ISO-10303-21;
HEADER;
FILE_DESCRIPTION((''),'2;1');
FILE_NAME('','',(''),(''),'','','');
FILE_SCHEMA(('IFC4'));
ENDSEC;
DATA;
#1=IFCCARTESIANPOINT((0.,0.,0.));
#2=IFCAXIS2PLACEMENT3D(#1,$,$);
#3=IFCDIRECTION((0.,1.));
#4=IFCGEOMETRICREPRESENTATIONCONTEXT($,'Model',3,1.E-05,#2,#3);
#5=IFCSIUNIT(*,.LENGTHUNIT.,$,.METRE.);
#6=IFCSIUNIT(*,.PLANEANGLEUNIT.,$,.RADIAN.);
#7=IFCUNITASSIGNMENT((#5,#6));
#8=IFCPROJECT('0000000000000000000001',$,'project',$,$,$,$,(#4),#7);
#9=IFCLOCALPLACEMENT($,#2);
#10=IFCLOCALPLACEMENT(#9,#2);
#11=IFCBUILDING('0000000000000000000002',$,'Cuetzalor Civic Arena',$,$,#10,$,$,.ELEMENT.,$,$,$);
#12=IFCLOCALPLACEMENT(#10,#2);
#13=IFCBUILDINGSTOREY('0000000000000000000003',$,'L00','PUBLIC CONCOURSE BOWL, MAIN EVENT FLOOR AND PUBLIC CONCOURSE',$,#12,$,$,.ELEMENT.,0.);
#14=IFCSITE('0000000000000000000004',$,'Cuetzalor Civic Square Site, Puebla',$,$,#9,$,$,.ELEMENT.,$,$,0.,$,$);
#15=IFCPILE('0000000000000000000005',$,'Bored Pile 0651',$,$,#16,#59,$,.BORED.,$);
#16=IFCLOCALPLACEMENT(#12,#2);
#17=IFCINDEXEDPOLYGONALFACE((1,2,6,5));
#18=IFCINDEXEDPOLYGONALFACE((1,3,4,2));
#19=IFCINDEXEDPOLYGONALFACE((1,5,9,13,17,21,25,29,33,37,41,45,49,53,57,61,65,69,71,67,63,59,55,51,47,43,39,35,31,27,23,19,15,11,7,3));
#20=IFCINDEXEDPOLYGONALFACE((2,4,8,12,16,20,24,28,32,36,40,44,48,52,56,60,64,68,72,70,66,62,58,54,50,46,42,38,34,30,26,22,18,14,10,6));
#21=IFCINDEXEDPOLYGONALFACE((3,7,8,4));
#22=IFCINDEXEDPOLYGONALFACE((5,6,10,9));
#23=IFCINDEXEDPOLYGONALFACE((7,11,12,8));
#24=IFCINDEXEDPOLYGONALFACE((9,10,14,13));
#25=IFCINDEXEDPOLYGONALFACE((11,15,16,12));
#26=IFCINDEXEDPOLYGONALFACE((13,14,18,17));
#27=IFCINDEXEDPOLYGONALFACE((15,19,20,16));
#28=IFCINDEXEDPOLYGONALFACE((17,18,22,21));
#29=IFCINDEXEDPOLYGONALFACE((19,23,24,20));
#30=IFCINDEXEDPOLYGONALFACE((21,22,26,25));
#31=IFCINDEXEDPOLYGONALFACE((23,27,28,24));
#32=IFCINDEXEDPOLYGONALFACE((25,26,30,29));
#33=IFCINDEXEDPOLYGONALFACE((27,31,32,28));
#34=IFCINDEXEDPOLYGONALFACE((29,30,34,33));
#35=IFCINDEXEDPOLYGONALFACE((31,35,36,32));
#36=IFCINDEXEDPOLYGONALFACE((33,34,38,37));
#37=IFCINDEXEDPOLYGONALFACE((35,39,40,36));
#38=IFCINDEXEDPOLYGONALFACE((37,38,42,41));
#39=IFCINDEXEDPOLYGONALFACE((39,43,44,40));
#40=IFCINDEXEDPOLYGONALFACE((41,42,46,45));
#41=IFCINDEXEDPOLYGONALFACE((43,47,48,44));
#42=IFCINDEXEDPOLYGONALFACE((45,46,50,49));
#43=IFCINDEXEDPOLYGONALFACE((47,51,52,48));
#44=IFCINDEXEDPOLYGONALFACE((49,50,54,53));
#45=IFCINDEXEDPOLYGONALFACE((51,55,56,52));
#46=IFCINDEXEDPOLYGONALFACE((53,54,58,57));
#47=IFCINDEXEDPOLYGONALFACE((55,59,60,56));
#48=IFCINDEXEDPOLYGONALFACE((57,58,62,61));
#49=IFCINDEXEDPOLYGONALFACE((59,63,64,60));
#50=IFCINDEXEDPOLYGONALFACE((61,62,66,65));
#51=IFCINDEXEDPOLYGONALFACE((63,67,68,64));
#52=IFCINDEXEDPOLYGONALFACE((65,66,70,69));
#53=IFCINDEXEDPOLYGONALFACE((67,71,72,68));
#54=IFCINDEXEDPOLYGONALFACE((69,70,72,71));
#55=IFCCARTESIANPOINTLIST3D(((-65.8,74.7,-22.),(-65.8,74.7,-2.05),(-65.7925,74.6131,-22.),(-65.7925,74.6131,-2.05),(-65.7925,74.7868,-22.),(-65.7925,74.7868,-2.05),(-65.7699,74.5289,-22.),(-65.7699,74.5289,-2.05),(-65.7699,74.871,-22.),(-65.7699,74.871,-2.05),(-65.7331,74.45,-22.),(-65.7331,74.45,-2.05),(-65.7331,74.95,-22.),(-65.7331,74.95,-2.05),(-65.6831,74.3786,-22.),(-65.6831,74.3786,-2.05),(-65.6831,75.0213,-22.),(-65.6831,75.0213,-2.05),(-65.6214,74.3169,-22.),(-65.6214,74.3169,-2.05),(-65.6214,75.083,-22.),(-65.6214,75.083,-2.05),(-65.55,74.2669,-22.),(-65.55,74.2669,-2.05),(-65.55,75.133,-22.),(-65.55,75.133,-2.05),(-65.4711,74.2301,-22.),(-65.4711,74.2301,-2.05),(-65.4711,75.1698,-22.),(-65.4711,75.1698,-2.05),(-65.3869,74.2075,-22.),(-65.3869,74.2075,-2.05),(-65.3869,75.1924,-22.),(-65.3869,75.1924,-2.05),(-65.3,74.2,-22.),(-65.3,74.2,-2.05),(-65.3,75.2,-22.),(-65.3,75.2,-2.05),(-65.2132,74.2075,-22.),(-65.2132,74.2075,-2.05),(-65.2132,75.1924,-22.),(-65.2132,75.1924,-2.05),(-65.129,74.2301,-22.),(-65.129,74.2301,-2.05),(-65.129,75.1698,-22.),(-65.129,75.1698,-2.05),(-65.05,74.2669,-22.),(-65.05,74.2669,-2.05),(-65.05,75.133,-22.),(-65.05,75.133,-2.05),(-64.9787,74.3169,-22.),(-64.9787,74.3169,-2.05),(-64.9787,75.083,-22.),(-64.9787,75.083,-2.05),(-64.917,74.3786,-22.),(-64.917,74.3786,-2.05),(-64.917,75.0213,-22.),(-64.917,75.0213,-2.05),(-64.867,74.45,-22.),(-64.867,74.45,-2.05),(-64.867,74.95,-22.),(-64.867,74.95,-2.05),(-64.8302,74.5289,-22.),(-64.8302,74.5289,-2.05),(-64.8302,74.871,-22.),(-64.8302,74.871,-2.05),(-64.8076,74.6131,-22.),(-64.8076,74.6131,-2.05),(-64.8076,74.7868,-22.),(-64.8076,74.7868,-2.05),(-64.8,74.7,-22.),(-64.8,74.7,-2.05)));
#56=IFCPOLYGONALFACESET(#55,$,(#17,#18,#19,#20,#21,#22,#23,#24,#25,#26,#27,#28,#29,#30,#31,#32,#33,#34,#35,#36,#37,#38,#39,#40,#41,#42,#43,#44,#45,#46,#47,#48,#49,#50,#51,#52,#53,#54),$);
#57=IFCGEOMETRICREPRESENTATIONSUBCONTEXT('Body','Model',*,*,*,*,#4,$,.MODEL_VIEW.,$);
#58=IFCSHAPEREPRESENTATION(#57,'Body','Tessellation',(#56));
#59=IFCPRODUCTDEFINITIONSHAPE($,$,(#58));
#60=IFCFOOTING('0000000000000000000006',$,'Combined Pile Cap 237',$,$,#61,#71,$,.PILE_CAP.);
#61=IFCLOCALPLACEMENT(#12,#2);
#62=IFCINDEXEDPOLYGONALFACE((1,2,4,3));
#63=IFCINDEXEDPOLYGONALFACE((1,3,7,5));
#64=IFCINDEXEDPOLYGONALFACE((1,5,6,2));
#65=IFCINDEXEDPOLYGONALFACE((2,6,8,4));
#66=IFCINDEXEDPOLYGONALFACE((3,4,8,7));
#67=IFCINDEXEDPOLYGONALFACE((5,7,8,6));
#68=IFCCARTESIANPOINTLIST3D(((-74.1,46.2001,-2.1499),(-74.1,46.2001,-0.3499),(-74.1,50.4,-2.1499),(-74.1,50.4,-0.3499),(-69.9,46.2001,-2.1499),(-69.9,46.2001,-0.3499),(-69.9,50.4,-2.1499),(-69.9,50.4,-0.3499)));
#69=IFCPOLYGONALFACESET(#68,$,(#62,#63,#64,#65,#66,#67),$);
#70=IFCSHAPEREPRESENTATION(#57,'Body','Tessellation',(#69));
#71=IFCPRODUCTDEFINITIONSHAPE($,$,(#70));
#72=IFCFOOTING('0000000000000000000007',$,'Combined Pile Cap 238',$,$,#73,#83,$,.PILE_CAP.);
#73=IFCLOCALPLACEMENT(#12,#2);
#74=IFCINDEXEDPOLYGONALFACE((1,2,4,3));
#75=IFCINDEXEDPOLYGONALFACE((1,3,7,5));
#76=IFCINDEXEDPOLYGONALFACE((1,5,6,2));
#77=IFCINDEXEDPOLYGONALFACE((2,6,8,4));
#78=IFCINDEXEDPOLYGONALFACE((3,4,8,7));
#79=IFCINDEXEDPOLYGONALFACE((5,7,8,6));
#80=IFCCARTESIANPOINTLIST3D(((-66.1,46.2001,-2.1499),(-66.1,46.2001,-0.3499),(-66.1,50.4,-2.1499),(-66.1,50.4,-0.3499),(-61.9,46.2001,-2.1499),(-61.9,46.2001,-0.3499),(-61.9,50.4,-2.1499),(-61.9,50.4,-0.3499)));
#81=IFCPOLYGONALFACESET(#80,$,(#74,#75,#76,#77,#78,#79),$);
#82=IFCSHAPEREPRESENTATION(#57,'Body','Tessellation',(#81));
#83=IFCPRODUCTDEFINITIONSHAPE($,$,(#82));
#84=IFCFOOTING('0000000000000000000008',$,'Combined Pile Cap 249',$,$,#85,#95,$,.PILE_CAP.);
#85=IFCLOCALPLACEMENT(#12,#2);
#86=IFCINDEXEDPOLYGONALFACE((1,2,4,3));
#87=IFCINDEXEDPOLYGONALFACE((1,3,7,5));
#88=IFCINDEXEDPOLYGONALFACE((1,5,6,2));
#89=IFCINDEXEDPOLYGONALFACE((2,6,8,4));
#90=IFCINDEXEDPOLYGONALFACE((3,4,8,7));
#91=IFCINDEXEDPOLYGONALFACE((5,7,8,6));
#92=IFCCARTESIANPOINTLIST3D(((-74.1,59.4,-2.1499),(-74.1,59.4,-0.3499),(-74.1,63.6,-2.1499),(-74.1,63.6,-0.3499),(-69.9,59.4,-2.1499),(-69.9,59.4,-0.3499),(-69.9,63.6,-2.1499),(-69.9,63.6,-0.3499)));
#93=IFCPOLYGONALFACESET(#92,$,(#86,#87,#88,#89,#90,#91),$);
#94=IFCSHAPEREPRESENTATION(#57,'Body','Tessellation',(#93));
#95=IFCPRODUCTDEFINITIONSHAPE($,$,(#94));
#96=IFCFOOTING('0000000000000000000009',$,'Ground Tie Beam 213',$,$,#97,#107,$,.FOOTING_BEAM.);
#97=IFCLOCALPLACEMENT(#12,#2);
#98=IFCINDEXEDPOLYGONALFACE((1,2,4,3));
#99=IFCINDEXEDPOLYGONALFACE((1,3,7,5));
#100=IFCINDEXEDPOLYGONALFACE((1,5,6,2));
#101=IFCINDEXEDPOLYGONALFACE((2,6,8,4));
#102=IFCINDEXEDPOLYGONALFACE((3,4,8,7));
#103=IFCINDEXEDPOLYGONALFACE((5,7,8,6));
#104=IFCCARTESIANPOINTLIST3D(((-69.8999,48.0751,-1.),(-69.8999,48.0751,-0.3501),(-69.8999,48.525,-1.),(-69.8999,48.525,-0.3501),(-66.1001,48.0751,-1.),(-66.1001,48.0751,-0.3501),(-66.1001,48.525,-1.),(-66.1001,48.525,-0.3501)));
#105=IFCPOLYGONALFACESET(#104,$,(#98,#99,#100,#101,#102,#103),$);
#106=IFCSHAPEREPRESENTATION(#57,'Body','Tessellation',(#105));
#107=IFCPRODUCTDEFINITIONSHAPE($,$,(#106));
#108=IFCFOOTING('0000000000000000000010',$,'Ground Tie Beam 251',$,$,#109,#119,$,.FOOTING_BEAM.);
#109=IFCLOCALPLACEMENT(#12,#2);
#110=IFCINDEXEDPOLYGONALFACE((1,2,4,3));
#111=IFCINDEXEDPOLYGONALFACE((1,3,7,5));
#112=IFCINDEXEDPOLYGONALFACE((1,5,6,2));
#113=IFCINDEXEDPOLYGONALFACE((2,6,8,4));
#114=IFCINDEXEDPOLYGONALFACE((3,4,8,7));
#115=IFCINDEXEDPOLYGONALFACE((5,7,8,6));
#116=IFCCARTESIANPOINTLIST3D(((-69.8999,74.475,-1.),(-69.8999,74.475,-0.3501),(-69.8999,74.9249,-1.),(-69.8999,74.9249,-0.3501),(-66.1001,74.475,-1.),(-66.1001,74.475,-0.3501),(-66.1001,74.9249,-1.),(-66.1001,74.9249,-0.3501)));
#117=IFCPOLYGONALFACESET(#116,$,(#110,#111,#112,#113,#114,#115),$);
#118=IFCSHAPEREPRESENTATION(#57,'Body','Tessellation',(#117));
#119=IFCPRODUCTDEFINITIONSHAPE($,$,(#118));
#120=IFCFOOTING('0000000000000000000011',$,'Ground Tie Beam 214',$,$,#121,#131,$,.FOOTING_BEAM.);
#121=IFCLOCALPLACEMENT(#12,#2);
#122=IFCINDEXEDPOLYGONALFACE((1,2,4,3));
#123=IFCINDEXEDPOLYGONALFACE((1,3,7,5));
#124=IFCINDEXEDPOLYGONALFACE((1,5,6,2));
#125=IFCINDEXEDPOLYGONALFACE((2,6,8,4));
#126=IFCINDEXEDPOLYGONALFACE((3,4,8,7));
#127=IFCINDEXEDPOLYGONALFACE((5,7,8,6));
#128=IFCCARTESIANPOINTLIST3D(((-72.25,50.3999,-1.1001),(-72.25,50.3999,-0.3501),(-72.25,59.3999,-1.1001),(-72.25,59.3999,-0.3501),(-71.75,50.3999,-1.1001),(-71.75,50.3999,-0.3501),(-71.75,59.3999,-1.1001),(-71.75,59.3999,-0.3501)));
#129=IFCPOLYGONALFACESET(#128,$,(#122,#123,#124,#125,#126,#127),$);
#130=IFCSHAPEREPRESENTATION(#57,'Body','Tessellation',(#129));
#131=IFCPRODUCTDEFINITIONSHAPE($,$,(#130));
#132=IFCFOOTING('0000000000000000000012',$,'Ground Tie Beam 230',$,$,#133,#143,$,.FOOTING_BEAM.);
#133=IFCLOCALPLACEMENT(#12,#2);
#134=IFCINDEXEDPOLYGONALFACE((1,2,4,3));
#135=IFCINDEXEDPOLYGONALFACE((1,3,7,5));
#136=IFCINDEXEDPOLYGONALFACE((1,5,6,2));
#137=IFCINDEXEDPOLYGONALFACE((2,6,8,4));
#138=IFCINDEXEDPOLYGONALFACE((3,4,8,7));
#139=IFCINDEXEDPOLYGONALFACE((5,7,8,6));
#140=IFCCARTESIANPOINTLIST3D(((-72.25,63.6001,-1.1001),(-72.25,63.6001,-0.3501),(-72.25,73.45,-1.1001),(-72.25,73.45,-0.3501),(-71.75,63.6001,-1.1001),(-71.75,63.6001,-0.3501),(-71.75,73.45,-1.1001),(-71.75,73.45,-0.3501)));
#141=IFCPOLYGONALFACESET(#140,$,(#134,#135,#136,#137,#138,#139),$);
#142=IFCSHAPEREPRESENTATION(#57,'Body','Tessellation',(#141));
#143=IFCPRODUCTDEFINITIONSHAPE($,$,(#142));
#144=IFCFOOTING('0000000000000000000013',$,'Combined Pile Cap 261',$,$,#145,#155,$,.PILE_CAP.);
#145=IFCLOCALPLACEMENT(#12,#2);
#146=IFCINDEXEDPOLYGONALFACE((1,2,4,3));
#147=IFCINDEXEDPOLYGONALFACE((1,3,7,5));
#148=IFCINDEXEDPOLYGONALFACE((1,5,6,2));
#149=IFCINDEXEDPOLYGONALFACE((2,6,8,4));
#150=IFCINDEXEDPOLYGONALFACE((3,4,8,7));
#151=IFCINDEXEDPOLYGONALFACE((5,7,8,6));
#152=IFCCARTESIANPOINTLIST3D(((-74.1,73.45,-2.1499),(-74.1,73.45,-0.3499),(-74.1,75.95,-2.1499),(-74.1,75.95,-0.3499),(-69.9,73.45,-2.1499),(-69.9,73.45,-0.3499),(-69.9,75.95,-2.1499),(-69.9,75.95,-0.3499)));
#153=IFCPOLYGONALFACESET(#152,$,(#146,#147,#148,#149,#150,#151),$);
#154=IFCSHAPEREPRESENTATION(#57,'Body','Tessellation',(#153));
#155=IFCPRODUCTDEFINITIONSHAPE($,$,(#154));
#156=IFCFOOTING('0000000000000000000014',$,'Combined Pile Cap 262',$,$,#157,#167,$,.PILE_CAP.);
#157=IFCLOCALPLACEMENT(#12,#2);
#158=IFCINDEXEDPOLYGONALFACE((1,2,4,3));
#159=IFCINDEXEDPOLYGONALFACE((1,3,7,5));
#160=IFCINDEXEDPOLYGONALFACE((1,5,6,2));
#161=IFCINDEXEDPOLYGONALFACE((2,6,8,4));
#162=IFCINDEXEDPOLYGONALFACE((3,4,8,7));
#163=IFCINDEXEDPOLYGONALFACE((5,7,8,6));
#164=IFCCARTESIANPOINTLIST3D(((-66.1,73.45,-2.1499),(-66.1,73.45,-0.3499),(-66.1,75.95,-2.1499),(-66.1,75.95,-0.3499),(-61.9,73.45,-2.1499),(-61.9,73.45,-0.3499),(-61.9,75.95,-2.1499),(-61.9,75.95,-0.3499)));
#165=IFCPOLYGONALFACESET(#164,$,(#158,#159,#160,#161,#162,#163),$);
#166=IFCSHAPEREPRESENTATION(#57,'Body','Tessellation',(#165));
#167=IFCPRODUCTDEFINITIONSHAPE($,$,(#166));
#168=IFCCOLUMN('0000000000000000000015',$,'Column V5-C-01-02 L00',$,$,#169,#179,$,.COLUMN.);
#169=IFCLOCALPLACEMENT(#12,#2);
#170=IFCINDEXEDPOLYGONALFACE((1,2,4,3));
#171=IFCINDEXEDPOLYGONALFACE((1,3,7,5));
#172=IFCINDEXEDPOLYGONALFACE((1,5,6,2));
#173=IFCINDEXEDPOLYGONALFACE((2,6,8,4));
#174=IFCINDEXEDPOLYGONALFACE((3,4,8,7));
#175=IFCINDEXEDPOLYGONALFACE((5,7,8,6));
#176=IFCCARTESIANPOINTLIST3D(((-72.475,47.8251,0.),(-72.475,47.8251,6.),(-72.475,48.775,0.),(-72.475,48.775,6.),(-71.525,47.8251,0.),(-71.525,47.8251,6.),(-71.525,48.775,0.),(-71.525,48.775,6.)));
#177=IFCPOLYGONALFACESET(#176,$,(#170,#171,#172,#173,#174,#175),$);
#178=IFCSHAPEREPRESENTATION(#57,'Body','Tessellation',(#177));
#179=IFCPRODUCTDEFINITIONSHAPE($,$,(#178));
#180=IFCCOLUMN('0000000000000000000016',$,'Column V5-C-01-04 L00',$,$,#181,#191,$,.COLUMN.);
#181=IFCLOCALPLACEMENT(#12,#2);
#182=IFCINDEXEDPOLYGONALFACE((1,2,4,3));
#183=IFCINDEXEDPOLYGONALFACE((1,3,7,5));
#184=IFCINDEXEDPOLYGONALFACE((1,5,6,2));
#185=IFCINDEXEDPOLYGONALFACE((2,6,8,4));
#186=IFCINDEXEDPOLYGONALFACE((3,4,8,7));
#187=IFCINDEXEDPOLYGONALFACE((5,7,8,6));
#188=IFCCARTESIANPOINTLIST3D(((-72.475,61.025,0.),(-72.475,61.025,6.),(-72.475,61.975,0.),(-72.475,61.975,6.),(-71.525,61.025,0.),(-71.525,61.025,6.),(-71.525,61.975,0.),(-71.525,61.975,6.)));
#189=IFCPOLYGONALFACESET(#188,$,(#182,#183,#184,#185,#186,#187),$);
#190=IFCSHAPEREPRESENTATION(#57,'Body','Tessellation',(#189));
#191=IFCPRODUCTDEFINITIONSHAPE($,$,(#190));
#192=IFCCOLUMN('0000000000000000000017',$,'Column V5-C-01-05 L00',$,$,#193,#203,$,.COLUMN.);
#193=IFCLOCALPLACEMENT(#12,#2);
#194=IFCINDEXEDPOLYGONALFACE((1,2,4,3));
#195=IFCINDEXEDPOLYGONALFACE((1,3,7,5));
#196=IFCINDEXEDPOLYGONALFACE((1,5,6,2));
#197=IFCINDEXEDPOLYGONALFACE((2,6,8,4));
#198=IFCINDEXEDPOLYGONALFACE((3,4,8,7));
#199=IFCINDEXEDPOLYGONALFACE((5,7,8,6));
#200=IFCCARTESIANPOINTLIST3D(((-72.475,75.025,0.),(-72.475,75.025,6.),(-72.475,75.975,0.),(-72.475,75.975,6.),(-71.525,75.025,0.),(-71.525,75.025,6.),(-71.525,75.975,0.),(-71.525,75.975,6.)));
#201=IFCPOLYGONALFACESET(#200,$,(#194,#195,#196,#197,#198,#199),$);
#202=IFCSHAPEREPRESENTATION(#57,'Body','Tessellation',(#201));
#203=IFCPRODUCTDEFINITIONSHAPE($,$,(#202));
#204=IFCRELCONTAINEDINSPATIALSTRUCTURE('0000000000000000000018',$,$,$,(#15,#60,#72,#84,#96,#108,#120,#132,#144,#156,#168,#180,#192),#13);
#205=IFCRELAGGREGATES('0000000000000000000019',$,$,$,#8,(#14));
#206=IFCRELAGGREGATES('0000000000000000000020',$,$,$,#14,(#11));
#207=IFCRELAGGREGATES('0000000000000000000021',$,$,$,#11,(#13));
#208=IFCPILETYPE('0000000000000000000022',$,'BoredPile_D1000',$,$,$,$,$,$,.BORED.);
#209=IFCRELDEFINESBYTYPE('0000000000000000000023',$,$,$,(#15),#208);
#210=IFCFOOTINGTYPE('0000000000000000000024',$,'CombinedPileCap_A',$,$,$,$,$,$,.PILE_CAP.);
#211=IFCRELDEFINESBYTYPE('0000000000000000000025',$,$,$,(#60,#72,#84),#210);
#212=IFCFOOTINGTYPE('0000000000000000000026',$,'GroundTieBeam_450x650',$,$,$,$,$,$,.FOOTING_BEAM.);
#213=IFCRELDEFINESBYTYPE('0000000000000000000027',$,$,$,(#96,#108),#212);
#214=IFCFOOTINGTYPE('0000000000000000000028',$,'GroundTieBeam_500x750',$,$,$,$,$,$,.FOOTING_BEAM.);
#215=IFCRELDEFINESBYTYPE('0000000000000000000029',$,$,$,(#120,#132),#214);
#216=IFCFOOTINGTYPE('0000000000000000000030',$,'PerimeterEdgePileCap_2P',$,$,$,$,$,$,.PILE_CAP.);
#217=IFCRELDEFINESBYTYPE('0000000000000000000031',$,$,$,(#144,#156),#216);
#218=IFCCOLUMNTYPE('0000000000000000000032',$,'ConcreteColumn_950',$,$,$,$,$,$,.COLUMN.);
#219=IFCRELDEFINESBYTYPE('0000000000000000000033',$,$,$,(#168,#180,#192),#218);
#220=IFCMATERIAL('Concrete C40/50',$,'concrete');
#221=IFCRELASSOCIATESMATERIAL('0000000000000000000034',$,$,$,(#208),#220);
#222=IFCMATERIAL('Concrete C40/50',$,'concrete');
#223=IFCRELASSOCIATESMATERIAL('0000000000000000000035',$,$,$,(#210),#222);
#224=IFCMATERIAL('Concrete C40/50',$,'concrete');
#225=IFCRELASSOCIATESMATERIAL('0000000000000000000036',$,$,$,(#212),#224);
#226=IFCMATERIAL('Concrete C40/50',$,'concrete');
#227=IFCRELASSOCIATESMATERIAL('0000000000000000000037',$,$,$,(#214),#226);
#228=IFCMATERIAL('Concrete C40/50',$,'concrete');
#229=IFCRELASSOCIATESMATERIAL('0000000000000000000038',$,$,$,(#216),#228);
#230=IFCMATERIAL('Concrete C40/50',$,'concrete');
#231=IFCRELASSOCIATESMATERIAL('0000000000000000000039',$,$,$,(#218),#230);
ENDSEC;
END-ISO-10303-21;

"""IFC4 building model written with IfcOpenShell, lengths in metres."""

from ifc_helpers import new_model, si_unit, direction, frame, origin, origin_2d, place, context, subcontext, project, spatial, rectangle, circle, extrude, material, material_profile, profile_set, type_object, element, save


model = new_model("IFC4")

# Units and contexts
model_context = context("Model", 3, precision=1e-05, world=origin(), true_north=direction((0.0, 1.0)))
body_context = subcontext(model_context, "Body", "Model", "MODEL_VIEW")
ifc_project = project(units=[si_unit("LENGTHUNIT", "METRE"), si_unit("PLANEANGLEUNIT", "RADIAN")], contexts=[model_context])

# Site, building, storey
site_placement = place(None, origin())
site = spatial("IfcSite", under=ifc_project, at=site_placement, Name="Cuetzalor Civic Square Site, Puebla", CompositionType="ELEMENT", RefElevation=0.0)
building_placement = place(site_placement, origin())
building = spatial("IfcBuilding", under=site, at=building_placement, Name="Cuetzalor Civic Arena", CompositionType="ELEMENT")
storey_placement = place(building_placement, origin())
storey = spatial("IfcBuildingStorey", under=building, at=storey_placement, Name="L00", Description="PUBLIC CONCOURSE BOWL, MAIN EVENT FLOOR AND PUBLIC CONCOURSE", CompositionType="ELEMENT", Elevation=0.0)

# Pile
ifc_material_1 = material(Name="Concrete C40/50", Category="concrete")
ifc_material_profile_1 = material_profile(ifc_material_1, circle(Radius=0.5, at=origin_2d()), Name="BORED PILE D1000")
ifc_profile_set_1 = profile_set([ifc_material_profile_1], Name="Concrete C40/50")
pile_type = type_object("IfcPileType", Name="BoredPile_D1000", PredefinedType="BORED", material=ifc_profile_set_1)
for number, where, z_axis, x_axis, name in (
    (1, (-65.3, 74.7, -2.05), (0.0, 0.0, -1.0), (1.0, 0.0, 0.0), "Bored Pile 0651"),
):
    element("IfcPile", number, at=place(storey_placement, frame(where, z_axis=z_axis, x_axis=x_axis)), inside=storey, type_object=pile_type, Name=name, PredefinedType="BORED", context=body_context, shape_type="SweptSolid", body=[
        extrude(circle(Radius=0.5, at=origin_2d()), origin(), (0.0, 0.0, 1.0), 19.95),
    ])

# Footings
ifc_material_2 = material(Name="Concrete C40/50", Category="concrete")
footing_type_1 = type_object("IfcFootingType", Name="CombinedPileCap_A", PredefinedType="PILE_CAP", material=ifc_material_2)
for number, where, z_axis, x_axis, name in (
    (2, (-72.0, 48.3, -2.1499), (0.0, 0.0, 1.0), (1.0, 0.0, 0.0), "Combined Pile Cap 237"),
    (3, (-64.0, 48.3, -2.1499), (0.0, 0.0, 1.0), (1.0, 0.0, 0.0), "Combined Pile Cap 238"),
    (4, (-72.0, 61.5, -2.1499), (0.0, 0.0, 1.0), (1.0, 0.0, 0.0), "Combined Pile Cap 249"),
):
    element("IfcFooting", number, at=place(storey_placement, frame(where, z_axis=z_axis, x_axis=x_axis)), inside=storey, type_object=footing_type_1, Name=name, PredefinedType="PILE_CAP", context=body_context, shape_type="SweptSolid", body=[
        extrude(rectangle(XDim=4.2, YDim=4.2, at=origin_2d()), origin(), (0.0, 0.0, 1.0), 1.8),
    ])
ifc_material_3 = material(Name="Concrete C40/50", Category="concrete")
ifc_material_profile_2 = material_profile(ifc_material_3, rectangle(XDim=0.45, YDim=0.6499, at=origin_2d()), Name="RC 450x650")
ifc_profile_set_2 = profile_set([ifc_material_profile_2], Name="Concrete C40/50")
footing_type_2 = type_object("IfcFootingType", Name="GroundTieBeam_450x650", PredefinedType="FOOTING_BEAM", material=ifc_profile_set_2)
for number, where, z_axis, x_axis, name in (
    (5, (-69.8999, 48.3, -0.675), (1.0, 0.0, 0.0), (0.0, 1.0, 0.0), "Ground Tie Beam 213"),
    (6, (-69.8999, 74.7, -0.675), (1.0, 0.0, 0.0), (0.0, 1.0, 0.0), "Ground Tie Beam 251"),
):
    element("IfcFooting", number, at=place(storey_placement, frame(where, z_axis=z_axis, x_axis=x_axis)), inside=storey, type_object=footing_type_2, Name=name, PredefinedType="FOOTING_BEAM", context=body_context, shape_type="SweptSolid", body=[
        extrude(rectangle(XDim=0.45, YDim=0.6499, at=origin_2d()), origin(), (0.0, 0.0, 1.0), 3.7998),
    ])
ifc_material_4 = material(Name="Concrete C40/50", Category="concrete")
ifc_material_profile_3 = material_profile(ifc_material_4, rectangle(XDim=0.5, YDim=0.75, at=origin_2d()), Name="RC 500x750")
ifc_profile_set_3 = profile_set([ifc_material_profile_3], Name="Concrete C40/50")
footing_type_3 = type_object("IfcFootingType", Name="GroundTieBeam_500x750", PredefinedType="FOOTING_BEAM", material=ifc_profile_set_3)
footing_1_placement = place(storey_placement, frame((-72.0, 50.3999, -0.7251), z_axis=(0.0, 1.0, 0.0), x_axis=(-1.0, 0.0, 0.0)))
element("IfcFooting", 7, at=footing_1_placement, inside=storey, type_object=footing_type_3, Name="Ground Tie Beam 214", PredefinedType="FOOTING_BEAM", context=body_context, shape_type="SweptSolid", body=[
    extrude(rectangle(XDim=0.5, YDim=0.75, at=origin_2d()), origin(), (0.0, 0.0, 1.0), 9.0),
])
footing_2_placement = place(storey_placement, frame((-72.0, 63.6001, -0.7251), z_axis=(0.0, 1.0, 0.0), x_axis=(-1.0, 0.0, 0.0)))
element("IfcFooting", 8, at=footing_2_placement, inside=storey, type_object=footing_type_3, Name="Ground Tie Beam 230", PredefinedType="FOOTING_BEAM", context=body_context, shape_type="SweptSolid", body=[
    extrude(rectangle(XDim=0.5, YDim=0.75, at=origin_2d()), origin(), (0.0, 0.0, 1.0), 9.8499),
])
ifc_material_5 = material(Name="Concrete C40/50", Category="concrete")
footing_type_4 = type_object("IfcFootingType", Name="PerimeterEdgePileCap_2P", PredefinedType="PILE_CAP", material=ifc_material_5)
for number, where, z_axis, x_axis, name in (
    (9, (-72.0, 74.7, -2.1499), (0.0, 0.0, 1.0), (1.0, 0.0, 0.0), "Combined Pile Cap 261"),
    (10, (-64.0, 74.7, -2.1499), (0.0, 0.0, 1.0), (1.0, 0.0, 0.0), "Combined Pile Cap 262"),
):
    element("IfcFooting", number, at=place(storey_placement, frame(where, z_axis=z_axis, x_axis=x_axis)), inside=storey, type_object=footing_type_4, Name=name, PredefinedType="PILE_CAP", context=body_context, shape_type="SweptSolid", body=[
        extrude(rectangle(XDim=4.2, YDim=2.5, at=origin_2d()), origin(), (0.0, 0.0, 1.0), 1.8),
    ])

# Columns
ifc_material_6 = material(Name="Concrete C40/50", Category="concrete")
ifc_material_profile_4 = material_profile(ifc_material_6, rectangle(XDim=0.95, YDim=0.95, at=origin_2d()), Name="RC 950x950")
ifc_profile_set_4 = profile_set([ifc_material_profile_4], Name="Concrete C40/50")
column_type = type_object("IfcColumnType", Name="ConcreteColumn_950", PredefinedType="COLUMN", material=ifc_profile_set_4)
for number, where, z_axis, x_axis, name in (
    (11, (-72.0, 48.3, 0.0), (0.0, 0.0, 1.0), (1.0, 0.0, 0.0), "Column V5-C-01-02 L00"),
    (12, (-72.0, 61.5, 0.0), (0.0, 0.0, 1.0), (1.0, 0.0, 0.0), "Column V5-C-01-04 L00"),
    (13, (-72.0, 75.5, 0.0), (0.0, 0.0, 1.0), (1.0, 0.0, 0.0), "Column V5-C-01-05 L00"),
):
    element("IfcColumn", number, at=place(storey_placement, frame(where, z_axis=z_axis, x_axis=x_axis)), inside=storey, type_object=column_type, Name=name, PredefinedType="COLUMN", context=body_context, shape_type="SweptSolid", body=[
        extrude(rectangle(XDim=0.95, YDim=0.95, at=origin_2d()), origin(), (0.0, 0.0, 1.0), 6.0),
    ])

save(model, "model.ifc")
